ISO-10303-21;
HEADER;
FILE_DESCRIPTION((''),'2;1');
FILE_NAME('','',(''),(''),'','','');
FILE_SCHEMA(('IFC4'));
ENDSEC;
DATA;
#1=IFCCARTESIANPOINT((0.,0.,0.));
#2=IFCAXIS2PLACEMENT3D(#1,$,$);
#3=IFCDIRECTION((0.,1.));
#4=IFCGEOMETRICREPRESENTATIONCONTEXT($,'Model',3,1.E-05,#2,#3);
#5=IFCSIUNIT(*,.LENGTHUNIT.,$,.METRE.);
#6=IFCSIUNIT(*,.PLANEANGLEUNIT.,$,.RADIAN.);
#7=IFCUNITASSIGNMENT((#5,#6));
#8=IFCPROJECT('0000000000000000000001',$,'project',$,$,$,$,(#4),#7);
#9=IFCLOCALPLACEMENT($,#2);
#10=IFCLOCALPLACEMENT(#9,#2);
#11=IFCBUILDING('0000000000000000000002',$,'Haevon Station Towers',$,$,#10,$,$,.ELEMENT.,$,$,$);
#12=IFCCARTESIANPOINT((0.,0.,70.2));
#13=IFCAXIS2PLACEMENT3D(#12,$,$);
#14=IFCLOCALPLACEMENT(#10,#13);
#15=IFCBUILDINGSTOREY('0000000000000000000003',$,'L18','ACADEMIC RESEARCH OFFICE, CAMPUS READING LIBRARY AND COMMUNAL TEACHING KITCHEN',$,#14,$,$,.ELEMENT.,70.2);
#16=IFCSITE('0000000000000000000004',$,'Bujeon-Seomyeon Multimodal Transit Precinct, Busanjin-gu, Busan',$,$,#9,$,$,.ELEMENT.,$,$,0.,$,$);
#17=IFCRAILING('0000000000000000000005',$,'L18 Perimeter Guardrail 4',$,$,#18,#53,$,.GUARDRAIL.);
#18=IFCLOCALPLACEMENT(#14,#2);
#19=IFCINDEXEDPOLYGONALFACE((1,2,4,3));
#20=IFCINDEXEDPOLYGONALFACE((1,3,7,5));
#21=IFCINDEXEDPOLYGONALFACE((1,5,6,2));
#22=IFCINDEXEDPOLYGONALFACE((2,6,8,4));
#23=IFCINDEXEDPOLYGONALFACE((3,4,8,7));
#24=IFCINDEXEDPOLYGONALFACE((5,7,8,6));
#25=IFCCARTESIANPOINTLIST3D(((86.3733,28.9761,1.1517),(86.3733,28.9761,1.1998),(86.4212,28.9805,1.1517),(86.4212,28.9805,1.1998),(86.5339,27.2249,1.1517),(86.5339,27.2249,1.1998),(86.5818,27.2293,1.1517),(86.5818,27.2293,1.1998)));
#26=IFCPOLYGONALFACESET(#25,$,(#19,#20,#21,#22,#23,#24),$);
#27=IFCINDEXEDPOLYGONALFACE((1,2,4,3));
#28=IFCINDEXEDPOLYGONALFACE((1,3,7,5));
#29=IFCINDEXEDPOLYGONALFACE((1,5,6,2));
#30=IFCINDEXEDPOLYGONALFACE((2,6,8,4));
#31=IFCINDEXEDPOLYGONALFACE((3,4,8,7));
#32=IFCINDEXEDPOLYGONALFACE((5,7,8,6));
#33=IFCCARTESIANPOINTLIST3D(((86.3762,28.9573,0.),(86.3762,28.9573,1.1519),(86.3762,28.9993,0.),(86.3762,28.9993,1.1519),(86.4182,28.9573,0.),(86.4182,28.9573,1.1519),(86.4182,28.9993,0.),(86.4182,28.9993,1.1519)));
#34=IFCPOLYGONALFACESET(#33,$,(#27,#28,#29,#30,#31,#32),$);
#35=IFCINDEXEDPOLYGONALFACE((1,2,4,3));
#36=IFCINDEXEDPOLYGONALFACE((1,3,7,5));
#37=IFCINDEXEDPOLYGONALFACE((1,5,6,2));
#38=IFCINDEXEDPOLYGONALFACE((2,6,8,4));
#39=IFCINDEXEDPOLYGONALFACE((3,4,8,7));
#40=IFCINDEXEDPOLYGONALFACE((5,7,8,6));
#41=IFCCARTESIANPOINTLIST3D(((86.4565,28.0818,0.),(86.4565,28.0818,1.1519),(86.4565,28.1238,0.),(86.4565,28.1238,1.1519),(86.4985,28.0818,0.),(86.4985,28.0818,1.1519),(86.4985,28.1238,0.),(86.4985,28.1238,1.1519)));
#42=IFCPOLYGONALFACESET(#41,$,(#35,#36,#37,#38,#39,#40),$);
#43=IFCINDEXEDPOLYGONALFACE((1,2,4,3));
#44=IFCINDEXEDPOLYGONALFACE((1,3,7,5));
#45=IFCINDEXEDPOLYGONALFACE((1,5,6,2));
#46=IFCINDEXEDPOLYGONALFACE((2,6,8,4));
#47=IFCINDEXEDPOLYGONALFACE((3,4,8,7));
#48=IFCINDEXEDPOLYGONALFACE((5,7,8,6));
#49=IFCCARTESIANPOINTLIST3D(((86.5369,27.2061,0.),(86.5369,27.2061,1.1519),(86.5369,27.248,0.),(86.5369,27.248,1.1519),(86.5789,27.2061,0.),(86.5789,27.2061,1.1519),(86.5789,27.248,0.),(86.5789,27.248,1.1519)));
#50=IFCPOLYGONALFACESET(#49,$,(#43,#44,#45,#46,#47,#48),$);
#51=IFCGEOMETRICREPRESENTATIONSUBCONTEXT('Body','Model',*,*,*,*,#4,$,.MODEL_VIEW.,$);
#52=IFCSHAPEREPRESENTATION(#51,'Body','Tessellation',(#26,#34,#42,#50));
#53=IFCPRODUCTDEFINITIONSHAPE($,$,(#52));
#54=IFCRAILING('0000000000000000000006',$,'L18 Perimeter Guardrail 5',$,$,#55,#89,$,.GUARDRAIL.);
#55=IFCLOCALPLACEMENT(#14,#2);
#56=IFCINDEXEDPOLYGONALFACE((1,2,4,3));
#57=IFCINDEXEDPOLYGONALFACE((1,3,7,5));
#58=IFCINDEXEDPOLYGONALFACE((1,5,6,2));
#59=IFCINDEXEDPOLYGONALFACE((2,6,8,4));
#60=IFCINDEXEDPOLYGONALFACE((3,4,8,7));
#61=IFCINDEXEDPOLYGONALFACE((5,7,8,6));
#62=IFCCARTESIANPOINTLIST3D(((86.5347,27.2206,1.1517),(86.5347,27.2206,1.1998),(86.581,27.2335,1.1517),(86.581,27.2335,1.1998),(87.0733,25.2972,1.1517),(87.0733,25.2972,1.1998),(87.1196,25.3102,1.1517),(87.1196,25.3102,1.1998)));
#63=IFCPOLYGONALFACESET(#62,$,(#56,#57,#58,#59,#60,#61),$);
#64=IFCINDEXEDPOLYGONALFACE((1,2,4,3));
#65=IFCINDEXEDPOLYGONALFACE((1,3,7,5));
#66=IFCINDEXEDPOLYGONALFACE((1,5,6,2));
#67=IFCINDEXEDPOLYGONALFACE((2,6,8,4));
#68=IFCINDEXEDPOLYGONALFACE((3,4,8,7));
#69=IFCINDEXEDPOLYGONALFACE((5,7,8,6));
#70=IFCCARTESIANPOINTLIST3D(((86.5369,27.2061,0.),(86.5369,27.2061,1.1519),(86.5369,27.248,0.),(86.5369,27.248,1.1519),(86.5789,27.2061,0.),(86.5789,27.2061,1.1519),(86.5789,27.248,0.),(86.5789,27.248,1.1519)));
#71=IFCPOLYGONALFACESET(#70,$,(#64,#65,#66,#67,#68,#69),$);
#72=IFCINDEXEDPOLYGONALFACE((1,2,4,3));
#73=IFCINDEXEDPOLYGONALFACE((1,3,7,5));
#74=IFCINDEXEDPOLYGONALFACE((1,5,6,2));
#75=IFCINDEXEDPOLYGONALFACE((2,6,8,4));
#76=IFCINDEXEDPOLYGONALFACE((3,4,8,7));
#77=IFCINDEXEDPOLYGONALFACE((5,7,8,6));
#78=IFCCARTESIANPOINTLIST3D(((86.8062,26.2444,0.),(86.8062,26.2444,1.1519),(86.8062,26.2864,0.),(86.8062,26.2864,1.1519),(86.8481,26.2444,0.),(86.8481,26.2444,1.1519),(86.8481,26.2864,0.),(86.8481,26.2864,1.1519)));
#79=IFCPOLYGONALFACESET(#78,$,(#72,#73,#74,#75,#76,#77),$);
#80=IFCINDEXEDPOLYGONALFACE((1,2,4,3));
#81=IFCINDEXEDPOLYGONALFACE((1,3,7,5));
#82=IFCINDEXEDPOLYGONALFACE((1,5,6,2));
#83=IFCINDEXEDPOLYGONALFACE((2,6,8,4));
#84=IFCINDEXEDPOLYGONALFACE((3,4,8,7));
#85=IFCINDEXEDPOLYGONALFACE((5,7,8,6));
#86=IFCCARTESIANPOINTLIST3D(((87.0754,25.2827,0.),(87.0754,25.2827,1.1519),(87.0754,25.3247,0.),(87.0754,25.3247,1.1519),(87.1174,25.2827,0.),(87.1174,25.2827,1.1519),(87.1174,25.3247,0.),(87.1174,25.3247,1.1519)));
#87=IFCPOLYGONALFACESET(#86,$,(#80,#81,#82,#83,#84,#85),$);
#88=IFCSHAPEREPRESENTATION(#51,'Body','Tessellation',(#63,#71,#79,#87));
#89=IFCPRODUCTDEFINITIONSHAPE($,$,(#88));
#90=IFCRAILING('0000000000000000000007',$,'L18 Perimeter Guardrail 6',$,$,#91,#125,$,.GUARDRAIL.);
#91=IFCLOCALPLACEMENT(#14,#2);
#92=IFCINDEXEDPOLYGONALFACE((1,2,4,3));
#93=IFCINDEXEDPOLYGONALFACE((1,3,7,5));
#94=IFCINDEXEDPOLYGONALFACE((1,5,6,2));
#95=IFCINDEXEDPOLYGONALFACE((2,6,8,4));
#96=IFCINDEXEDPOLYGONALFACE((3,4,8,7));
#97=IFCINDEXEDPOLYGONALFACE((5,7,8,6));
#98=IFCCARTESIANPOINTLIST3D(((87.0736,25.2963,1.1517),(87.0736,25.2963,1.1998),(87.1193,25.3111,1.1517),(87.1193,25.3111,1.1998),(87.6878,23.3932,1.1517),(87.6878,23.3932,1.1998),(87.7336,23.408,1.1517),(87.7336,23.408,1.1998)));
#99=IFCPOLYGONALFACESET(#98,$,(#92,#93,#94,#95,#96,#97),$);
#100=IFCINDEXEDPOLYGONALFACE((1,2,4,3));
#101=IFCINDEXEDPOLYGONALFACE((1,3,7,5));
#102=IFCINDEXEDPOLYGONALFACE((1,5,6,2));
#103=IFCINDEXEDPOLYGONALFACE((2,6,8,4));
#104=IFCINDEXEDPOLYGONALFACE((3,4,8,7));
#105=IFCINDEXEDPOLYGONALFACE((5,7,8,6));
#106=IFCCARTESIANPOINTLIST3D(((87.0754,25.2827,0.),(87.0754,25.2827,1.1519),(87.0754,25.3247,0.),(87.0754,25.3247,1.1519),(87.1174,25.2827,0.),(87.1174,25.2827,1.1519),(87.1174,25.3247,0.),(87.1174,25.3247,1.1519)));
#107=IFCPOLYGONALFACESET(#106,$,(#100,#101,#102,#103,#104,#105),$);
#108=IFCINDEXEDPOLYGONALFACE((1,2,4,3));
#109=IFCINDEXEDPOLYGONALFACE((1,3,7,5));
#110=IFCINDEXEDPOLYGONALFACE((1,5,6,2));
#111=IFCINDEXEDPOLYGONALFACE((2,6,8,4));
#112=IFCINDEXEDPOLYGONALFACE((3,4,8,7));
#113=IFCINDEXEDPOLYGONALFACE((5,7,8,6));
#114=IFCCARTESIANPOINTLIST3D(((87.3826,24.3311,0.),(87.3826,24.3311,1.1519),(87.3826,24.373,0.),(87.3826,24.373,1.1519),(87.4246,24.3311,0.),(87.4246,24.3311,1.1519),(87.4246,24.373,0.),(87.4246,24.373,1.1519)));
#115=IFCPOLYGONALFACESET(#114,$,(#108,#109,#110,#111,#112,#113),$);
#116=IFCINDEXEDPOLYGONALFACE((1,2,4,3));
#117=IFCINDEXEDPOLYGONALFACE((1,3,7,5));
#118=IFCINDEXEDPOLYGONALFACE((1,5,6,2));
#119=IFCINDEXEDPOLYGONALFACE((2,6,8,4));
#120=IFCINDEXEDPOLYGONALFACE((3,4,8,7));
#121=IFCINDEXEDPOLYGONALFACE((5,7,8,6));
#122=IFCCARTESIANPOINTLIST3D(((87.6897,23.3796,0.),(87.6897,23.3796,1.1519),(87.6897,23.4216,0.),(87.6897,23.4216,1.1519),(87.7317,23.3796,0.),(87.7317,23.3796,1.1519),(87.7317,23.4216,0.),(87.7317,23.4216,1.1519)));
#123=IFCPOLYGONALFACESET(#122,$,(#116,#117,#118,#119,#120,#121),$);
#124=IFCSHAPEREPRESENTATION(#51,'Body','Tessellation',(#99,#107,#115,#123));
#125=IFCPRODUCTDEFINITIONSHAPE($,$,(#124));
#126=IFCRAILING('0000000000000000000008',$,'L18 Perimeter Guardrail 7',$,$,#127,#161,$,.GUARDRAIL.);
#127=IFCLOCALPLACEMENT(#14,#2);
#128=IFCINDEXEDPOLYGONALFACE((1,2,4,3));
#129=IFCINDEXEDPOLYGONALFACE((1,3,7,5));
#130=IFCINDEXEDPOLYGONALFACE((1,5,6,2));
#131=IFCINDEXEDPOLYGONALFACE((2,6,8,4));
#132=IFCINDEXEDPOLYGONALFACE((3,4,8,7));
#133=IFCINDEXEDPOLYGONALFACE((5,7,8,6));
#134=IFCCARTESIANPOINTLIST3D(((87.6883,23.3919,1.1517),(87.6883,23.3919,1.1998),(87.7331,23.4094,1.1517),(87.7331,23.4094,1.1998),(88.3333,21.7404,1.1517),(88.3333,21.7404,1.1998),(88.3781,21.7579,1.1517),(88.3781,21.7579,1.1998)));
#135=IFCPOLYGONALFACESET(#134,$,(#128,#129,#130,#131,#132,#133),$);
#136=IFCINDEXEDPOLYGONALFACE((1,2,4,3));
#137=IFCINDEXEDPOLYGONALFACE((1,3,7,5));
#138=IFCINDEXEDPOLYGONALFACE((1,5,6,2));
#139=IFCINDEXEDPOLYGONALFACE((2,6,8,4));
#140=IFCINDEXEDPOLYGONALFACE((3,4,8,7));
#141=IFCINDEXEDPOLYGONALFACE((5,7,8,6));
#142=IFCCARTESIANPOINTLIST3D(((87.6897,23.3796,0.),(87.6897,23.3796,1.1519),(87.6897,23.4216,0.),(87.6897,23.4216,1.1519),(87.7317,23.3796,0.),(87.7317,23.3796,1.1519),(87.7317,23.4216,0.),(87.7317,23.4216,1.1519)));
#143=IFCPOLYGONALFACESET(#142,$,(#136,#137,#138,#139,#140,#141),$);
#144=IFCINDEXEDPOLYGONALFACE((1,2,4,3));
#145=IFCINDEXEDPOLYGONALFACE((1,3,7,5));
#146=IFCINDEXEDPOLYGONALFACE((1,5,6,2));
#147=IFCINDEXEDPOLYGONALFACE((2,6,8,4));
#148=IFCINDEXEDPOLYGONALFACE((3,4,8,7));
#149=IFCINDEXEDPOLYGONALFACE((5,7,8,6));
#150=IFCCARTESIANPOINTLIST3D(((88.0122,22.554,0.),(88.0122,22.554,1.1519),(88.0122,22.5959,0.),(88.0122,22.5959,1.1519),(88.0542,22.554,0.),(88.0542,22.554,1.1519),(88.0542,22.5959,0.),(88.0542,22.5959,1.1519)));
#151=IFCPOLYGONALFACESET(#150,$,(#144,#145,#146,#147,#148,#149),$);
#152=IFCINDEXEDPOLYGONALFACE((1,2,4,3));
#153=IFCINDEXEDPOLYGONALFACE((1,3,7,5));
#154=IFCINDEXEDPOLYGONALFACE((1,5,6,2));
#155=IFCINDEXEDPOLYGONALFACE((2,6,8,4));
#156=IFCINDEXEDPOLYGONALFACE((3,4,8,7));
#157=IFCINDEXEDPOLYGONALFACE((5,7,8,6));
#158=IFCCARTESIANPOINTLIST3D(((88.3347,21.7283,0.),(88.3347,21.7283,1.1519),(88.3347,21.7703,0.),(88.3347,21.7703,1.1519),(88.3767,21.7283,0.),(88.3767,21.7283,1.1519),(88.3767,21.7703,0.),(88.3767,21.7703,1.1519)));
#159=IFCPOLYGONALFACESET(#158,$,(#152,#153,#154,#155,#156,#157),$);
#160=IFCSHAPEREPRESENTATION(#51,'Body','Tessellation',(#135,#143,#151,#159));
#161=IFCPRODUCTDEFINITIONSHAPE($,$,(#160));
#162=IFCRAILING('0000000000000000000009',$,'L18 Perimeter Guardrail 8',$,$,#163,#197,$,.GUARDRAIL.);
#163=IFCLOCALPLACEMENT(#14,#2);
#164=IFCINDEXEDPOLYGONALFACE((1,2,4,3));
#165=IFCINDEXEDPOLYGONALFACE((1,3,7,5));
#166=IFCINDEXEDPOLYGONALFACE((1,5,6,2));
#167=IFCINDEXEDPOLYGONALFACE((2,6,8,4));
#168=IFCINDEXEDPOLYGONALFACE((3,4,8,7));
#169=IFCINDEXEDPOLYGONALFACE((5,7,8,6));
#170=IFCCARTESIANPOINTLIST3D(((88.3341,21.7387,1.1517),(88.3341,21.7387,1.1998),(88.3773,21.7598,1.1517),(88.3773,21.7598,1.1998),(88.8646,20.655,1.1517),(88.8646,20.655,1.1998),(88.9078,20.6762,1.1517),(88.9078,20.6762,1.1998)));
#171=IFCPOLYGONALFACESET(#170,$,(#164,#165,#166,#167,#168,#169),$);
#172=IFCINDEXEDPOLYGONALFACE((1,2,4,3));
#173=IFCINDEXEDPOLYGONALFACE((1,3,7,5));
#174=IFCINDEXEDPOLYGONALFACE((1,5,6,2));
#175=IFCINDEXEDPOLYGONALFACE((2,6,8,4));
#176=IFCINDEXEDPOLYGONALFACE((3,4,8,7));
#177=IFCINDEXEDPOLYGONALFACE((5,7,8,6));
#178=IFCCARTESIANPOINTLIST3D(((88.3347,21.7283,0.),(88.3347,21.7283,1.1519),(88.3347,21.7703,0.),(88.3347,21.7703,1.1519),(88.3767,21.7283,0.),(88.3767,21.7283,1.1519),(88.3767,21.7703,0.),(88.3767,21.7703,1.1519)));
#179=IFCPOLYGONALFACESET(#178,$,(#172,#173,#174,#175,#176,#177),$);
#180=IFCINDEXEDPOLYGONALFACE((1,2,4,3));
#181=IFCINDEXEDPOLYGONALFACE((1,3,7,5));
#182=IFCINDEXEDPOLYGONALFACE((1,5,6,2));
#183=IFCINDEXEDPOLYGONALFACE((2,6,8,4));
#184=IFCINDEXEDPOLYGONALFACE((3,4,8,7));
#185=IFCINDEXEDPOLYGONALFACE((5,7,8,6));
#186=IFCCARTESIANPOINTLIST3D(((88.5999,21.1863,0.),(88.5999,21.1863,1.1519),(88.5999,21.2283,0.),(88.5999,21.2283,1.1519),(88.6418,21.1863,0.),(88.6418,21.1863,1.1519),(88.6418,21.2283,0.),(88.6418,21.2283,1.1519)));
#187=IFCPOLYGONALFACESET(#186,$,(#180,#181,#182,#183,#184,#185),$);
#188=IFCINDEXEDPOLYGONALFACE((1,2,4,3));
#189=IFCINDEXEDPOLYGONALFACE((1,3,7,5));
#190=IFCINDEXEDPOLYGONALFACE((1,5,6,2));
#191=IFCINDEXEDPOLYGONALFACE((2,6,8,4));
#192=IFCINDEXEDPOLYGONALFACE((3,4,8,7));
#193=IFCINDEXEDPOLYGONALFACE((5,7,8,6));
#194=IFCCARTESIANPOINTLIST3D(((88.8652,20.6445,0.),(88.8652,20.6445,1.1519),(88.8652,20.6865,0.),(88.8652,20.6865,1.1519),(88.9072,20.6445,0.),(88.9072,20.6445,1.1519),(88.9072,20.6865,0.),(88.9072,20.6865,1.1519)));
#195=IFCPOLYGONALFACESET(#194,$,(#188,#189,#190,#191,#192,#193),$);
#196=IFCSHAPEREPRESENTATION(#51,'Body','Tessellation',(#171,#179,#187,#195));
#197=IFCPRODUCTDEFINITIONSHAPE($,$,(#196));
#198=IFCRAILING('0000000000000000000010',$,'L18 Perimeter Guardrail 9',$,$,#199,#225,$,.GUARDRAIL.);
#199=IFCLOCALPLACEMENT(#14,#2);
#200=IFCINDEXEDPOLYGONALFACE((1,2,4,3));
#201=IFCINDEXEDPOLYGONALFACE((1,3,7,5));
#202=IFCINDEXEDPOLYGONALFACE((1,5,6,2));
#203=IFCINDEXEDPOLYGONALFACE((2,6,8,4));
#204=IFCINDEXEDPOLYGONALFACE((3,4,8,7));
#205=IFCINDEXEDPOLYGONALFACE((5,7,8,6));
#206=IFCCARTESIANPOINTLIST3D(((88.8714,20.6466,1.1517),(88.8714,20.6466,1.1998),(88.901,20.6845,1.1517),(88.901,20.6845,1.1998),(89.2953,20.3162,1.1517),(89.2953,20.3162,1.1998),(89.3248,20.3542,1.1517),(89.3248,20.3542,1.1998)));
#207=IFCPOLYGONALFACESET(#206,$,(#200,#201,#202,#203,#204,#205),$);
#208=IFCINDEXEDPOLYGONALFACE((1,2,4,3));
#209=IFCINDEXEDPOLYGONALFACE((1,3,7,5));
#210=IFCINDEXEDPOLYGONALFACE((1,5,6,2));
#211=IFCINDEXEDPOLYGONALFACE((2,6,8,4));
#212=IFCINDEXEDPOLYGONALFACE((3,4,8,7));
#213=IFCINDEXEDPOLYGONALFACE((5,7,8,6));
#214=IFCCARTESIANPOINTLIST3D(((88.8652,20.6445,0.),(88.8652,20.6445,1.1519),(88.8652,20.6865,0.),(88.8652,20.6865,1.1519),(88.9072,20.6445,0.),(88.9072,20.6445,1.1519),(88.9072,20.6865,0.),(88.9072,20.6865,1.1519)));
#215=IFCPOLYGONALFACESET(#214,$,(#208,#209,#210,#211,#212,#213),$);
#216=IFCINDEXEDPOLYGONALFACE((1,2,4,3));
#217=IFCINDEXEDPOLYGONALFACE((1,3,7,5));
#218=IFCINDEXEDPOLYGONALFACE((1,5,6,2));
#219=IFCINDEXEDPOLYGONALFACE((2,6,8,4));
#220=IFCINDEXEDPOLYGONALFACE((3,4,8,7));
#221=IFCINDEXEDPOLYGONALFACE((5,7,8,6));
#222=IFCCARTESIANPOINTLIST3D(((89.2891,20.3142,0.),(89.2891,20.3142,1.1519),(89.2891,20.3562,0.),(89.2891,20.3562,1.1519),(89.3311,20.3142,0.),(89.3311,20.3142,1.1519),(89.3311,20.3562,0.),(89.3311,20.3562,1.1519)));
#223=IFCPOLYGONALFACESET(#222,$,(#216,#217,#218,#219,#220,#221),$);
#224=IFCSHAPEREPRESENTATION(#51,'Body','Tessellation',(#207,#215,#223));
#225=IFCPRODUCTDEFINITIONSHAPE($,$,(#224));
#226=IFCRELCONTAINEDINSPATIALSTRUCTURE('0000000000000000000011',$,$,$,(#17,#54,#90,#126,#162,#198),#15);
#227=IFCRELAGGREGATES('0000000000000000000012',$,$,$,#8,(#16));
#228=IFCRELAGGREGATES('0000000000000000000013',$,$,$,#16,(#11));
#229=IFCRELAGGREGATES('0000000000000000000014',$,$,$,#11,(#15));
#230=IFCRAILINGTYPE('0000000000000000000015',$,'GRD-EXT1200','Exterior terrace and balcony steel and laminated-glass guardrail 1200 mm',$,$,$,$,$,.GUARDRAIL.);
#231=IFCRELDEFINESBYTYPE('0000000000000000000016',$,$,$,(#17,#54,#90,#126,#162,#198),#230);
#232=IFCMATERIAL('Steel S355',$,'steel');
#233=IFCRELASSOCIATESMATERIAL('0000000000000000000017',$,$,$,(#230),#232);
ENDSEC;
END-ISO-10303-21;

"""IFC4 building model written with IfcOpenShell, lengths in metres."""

from ifc_helpers import new_model, si_unit, direction, frame, origin, origin_2d, place, context, subcontext, project, spatial, rectangle, extrude, material, type_object, element, save


model = new_model("IFC4")

# Units and contexts
model_context = context("Model", 3, precision=1e-05, world=origin(), true_north=direction((0.0, 1.0)))
body_context = subcontext(model_context, "Body", "Model", "MODEL_VIEW")
ifc_project = project(units=[si_unit("LENGTHUNIT", "METRE"), si_unit("PLANEANGLEUNIT", "RADIAN")], contexts=[model_context])

# Site, building, storey
site_placement = place(None, origin())
site = spatial("IfcSite", under=ifc_project, at=site_placement, Name="Bujeon-Seomyeon Multimodal Transit Precinct, Busanjin-gu, Busan", CompositionType="ELEMENT", RefElevation=0.0)
building_placement = place(site_placement, origin())
building = spatial("IfcBuilding", under=site, at=building_placement, Name="Haevon Station Towers", CompositionType="ELEMENT")
storey_placement = place(building_placement, frame((0.0, 0.0, 70.2)))
storey = spatial("IfcBuildingStorey", under=building, at=storey_placement, Name="L18", Description="ACADEMIC RESEARCH OFFICE, CAMPUS READING LIBRARY AND COMMUNAL TEACHING KITCHEN", CompositionType="ELEMENT", Elevation=70.2)

# Shared definitions
ifc_material_1 = material(Name="Steel S355", Category="steel")

# Railings
railing_type = type_object("IfcRailingType", Name="GRD-EXT1200", Description="Exterior terrace and balcony steel and laminated-glass guardrail 1200 mm", PredefinedType="GUARDRAIL", material=ifc_material_1)
railing_1_placement = place(storey_placement, frame((86.3972, 28.9783, 0.0)))
element("IfcRailing", 1, at=railing_1_placement, inside=storey, type_object=railing_type, Name="L18 Perimeter Guardrail 4", PredefinedType="GUARDRAIL", context=body_context, shape_type="SweptSolid", body=[
    extrude(rectangle(XDim=0.0481, YDim=0.0481, at=origin_2d()), frame((0.0, 0.0, 1.1758), z_axis=(0.091349, -0.995819, 0.0), x_axis=(0.995819, 0.091349, 0.0)), (0.0, 0.0, 1.0), 1.7585),
    extrude(rectangle(XDim=0.042, YDim=0.042, at=origin_2d()), origin(), (0.0, 0.0, 1.0), 1.1519),
    extrude(rectangle(XDim=0.042, YDim=0.042, at=origin_2d()), frame((0.0803, -0.8755, 0.0)), (0.0, 0.0, 1.0), 1.1519),
    extrude(rectangle(XDim=0.042, YDim=0.042, at=origin_2d()), frame((0.1606, -1.7512, 0.0)), (0.0, 0.0, 1.0), 1.1519),
])
railing_2_placement = place(storey_placement, frame((86.5579, 27.2271, 0.0)))
element("IfcRailing", 2, at=railing_2_placement, inside=storey, type_object=railing_type, Name="L18 Perimeter Guardrail 5", PredefinedType="GUARDRAIL", context=body_context, shape_type="SweptSolid", body=[
    extrude(rectangle(XDim=0.0481, YDim=0.0481, at=origin_2d()), frame((0.0, 0.0, 1.1758), z_axis=(0.269648, -0.962959, 0.0), x_axis=(0.962959, 0.269648, 0.0)), (0.0, 0.0, 1.0), 1.9973),
    extrude(rectangle(XDim=0.042, YDim=0.042, at=origin_2d()), origin(), (0.0, 0.0, 1.0), 1.1519),
    extrude(rectangle(XDim=0.042, YDim=0.042, at=origin_2d()), frame((0.2693, -0.9617, 0.0)), (0.0, 0.0, 1.0), 1.1519),
    extrude(rectangle(XDim=0.042, YDim=0.042, at=origin_2d()), frame((0.5386, -1.9233, 0.0)), (0.0, 0.0, 1.0), 1.1519),
])
railing_3_placement = place(storey_placement, frame((87.0964, 25.3037, 0.0)))
element("IfcRailing", 3, at=railing_3_placement, inside=storey, type_object=railing_type, Name="L18 Perimeter Guardrail 6", PredefinedType="GUARDRAIL", context=body_context, shape_type="SweptSolid", body=[
    extrude(rectangle(XDim=0.0481, YDim=0.0481, at=origin_2d()), frame((0.0, 0.0, 1.1758), z_axis=(0.307167, -0.951656, 0.0), x_axis=(0.951656, 0.307167, 0.0)), (0.0, 0.0, 1.0), 1.9998),
    extrude(rectangle(XDim=0.042, YDim=0.042, at=origin_2d()), origin(), (0.0, 0.0, 1.0), 1.1519),
    extrude(rectangle(XDim=0.042, YDim=0.042, at=origin_2d()), frame((0.3071, -0.9517, 0.0)), (0.0, 0.0, 1.0), 1.1519),
    extrude(rectangle(XDim=0.042, YDim=0.042, at=origin_2d()), frame((0.6143, -1.9031, 0.0)), (0.0, 0.0, 1.0), 1.1519),
])
railing_4_placement = place(storey_placement, frame((87.7107, 23.4006, 0.0)))
element("IfcRailing", 4, at=railing_4_placement, inside=storey, type_object=railing_type, Name="L18 Perimeter Guardrail 7", PredefinedType="GUARDRAIL", context=body_context, shape_type="SweptSolid", body=[
    extrude(rectangle(XDim=0.0481, YDim=0.0481, at=origin_2d()), frame((0.0, 0.0, 1.1758), z_axis=(0.363828, -0.931466, 0.0), x_axis=(0.931466, 0.363828, 0.0)), (0.0, 0.0, 1.0), 1.7729),
    extrude(rectangle(XDim=0.042, YDim=0.042, at=origin_2d()), origin(), (0.0, 0.0, 1.0), 1.1519),
    extrude(rectangle(XDim=0.042, YDim=0.042, at=origin_2d()), frame((0.3225, -0.8257, 0.0)), (0.0, 0.0, 1.0), 1.1519),
    extrude(rectangle(XDim=0.042, YDim=0.042, at=origin_2d()), frame((0.645, -1.6514, 0.0)), (0.0, 0.0, 1.0), 1.1519),
])
railing_5_placement = place(storey_placement, frame((88.3557, 21.7493, 0.0)))
element("IfcRailing", 5, at=railing_5_placement, inside=storey, type_object=railing_type, Name="L18 Perimeter Guardrail 8", PredefinedType="GUARDRAIL", context=body_context, shape_type="SweptSolid", body=[
    extrude(rectangle(XDim=0.0481, YDim=0.0481, at=origin_2d()), frame((0.0, 0.0, 1.1758), z_axis=(0.439671, -0.898159, 0.0), x_axis=(0.898159, 0.439671, 0.0)), (0.0, 0.0, 1.0), 1.2065),
    extrude(rectangle(XDim=0.042, YDim=0.042, at=origin_2d()), origin(), (0.0, 0.0, 1.0), 1.1519),
    extrude(rectangle(XDim=0.042, YDim=0.042, at=origin_2d()), frame((0.2651, -0.542, 0.0)), (0.0, 0.0, 1.0), 1.1519),
    extrude(rectangle(XDim=0.042, YDim=0.042, at=origin_2d()), frame((0.5305, -1.0837, 0.0)), (0.0, 0.0, 1.0), 1.1519),
])
railing_6_placement = place(storey_placement, frame((88.8862, 20.6655, 0.0)))
element("IfcRailing", 6, at=railing_6_placement, inside=storey, type_object=railing_type, Name="L18 Perimeter Guardrail 9", PredefinedType="GUARDRAIL", context=body_context, shape_type="SweptSolid", body=[
    extrude(rectangle(XDim=0.0481, YDim=0.0481, at=origin_2d()), frame((0.0, 0.0, 1.1758), z_axis=(0.78874, -0.614727, 0.0), x_axis=(0.614727, 0.78874, 0.0)), (0.0, 0.0, 1.0), 0.5374),
    extrude(rectangle(XDim=0.042, YDim=0.042, at=origin_2d()), origin(), (0.0, 0.0, 1.0), 1.1519),
    extrude(rectangle(XDim=0.042, YDim=0.042, at=origin_2d()), frame((0.4238, -0.3303, 0.0)), (0.0, 0.0, 1.0), 1.1519),
])

save(model, "model.ifc")
